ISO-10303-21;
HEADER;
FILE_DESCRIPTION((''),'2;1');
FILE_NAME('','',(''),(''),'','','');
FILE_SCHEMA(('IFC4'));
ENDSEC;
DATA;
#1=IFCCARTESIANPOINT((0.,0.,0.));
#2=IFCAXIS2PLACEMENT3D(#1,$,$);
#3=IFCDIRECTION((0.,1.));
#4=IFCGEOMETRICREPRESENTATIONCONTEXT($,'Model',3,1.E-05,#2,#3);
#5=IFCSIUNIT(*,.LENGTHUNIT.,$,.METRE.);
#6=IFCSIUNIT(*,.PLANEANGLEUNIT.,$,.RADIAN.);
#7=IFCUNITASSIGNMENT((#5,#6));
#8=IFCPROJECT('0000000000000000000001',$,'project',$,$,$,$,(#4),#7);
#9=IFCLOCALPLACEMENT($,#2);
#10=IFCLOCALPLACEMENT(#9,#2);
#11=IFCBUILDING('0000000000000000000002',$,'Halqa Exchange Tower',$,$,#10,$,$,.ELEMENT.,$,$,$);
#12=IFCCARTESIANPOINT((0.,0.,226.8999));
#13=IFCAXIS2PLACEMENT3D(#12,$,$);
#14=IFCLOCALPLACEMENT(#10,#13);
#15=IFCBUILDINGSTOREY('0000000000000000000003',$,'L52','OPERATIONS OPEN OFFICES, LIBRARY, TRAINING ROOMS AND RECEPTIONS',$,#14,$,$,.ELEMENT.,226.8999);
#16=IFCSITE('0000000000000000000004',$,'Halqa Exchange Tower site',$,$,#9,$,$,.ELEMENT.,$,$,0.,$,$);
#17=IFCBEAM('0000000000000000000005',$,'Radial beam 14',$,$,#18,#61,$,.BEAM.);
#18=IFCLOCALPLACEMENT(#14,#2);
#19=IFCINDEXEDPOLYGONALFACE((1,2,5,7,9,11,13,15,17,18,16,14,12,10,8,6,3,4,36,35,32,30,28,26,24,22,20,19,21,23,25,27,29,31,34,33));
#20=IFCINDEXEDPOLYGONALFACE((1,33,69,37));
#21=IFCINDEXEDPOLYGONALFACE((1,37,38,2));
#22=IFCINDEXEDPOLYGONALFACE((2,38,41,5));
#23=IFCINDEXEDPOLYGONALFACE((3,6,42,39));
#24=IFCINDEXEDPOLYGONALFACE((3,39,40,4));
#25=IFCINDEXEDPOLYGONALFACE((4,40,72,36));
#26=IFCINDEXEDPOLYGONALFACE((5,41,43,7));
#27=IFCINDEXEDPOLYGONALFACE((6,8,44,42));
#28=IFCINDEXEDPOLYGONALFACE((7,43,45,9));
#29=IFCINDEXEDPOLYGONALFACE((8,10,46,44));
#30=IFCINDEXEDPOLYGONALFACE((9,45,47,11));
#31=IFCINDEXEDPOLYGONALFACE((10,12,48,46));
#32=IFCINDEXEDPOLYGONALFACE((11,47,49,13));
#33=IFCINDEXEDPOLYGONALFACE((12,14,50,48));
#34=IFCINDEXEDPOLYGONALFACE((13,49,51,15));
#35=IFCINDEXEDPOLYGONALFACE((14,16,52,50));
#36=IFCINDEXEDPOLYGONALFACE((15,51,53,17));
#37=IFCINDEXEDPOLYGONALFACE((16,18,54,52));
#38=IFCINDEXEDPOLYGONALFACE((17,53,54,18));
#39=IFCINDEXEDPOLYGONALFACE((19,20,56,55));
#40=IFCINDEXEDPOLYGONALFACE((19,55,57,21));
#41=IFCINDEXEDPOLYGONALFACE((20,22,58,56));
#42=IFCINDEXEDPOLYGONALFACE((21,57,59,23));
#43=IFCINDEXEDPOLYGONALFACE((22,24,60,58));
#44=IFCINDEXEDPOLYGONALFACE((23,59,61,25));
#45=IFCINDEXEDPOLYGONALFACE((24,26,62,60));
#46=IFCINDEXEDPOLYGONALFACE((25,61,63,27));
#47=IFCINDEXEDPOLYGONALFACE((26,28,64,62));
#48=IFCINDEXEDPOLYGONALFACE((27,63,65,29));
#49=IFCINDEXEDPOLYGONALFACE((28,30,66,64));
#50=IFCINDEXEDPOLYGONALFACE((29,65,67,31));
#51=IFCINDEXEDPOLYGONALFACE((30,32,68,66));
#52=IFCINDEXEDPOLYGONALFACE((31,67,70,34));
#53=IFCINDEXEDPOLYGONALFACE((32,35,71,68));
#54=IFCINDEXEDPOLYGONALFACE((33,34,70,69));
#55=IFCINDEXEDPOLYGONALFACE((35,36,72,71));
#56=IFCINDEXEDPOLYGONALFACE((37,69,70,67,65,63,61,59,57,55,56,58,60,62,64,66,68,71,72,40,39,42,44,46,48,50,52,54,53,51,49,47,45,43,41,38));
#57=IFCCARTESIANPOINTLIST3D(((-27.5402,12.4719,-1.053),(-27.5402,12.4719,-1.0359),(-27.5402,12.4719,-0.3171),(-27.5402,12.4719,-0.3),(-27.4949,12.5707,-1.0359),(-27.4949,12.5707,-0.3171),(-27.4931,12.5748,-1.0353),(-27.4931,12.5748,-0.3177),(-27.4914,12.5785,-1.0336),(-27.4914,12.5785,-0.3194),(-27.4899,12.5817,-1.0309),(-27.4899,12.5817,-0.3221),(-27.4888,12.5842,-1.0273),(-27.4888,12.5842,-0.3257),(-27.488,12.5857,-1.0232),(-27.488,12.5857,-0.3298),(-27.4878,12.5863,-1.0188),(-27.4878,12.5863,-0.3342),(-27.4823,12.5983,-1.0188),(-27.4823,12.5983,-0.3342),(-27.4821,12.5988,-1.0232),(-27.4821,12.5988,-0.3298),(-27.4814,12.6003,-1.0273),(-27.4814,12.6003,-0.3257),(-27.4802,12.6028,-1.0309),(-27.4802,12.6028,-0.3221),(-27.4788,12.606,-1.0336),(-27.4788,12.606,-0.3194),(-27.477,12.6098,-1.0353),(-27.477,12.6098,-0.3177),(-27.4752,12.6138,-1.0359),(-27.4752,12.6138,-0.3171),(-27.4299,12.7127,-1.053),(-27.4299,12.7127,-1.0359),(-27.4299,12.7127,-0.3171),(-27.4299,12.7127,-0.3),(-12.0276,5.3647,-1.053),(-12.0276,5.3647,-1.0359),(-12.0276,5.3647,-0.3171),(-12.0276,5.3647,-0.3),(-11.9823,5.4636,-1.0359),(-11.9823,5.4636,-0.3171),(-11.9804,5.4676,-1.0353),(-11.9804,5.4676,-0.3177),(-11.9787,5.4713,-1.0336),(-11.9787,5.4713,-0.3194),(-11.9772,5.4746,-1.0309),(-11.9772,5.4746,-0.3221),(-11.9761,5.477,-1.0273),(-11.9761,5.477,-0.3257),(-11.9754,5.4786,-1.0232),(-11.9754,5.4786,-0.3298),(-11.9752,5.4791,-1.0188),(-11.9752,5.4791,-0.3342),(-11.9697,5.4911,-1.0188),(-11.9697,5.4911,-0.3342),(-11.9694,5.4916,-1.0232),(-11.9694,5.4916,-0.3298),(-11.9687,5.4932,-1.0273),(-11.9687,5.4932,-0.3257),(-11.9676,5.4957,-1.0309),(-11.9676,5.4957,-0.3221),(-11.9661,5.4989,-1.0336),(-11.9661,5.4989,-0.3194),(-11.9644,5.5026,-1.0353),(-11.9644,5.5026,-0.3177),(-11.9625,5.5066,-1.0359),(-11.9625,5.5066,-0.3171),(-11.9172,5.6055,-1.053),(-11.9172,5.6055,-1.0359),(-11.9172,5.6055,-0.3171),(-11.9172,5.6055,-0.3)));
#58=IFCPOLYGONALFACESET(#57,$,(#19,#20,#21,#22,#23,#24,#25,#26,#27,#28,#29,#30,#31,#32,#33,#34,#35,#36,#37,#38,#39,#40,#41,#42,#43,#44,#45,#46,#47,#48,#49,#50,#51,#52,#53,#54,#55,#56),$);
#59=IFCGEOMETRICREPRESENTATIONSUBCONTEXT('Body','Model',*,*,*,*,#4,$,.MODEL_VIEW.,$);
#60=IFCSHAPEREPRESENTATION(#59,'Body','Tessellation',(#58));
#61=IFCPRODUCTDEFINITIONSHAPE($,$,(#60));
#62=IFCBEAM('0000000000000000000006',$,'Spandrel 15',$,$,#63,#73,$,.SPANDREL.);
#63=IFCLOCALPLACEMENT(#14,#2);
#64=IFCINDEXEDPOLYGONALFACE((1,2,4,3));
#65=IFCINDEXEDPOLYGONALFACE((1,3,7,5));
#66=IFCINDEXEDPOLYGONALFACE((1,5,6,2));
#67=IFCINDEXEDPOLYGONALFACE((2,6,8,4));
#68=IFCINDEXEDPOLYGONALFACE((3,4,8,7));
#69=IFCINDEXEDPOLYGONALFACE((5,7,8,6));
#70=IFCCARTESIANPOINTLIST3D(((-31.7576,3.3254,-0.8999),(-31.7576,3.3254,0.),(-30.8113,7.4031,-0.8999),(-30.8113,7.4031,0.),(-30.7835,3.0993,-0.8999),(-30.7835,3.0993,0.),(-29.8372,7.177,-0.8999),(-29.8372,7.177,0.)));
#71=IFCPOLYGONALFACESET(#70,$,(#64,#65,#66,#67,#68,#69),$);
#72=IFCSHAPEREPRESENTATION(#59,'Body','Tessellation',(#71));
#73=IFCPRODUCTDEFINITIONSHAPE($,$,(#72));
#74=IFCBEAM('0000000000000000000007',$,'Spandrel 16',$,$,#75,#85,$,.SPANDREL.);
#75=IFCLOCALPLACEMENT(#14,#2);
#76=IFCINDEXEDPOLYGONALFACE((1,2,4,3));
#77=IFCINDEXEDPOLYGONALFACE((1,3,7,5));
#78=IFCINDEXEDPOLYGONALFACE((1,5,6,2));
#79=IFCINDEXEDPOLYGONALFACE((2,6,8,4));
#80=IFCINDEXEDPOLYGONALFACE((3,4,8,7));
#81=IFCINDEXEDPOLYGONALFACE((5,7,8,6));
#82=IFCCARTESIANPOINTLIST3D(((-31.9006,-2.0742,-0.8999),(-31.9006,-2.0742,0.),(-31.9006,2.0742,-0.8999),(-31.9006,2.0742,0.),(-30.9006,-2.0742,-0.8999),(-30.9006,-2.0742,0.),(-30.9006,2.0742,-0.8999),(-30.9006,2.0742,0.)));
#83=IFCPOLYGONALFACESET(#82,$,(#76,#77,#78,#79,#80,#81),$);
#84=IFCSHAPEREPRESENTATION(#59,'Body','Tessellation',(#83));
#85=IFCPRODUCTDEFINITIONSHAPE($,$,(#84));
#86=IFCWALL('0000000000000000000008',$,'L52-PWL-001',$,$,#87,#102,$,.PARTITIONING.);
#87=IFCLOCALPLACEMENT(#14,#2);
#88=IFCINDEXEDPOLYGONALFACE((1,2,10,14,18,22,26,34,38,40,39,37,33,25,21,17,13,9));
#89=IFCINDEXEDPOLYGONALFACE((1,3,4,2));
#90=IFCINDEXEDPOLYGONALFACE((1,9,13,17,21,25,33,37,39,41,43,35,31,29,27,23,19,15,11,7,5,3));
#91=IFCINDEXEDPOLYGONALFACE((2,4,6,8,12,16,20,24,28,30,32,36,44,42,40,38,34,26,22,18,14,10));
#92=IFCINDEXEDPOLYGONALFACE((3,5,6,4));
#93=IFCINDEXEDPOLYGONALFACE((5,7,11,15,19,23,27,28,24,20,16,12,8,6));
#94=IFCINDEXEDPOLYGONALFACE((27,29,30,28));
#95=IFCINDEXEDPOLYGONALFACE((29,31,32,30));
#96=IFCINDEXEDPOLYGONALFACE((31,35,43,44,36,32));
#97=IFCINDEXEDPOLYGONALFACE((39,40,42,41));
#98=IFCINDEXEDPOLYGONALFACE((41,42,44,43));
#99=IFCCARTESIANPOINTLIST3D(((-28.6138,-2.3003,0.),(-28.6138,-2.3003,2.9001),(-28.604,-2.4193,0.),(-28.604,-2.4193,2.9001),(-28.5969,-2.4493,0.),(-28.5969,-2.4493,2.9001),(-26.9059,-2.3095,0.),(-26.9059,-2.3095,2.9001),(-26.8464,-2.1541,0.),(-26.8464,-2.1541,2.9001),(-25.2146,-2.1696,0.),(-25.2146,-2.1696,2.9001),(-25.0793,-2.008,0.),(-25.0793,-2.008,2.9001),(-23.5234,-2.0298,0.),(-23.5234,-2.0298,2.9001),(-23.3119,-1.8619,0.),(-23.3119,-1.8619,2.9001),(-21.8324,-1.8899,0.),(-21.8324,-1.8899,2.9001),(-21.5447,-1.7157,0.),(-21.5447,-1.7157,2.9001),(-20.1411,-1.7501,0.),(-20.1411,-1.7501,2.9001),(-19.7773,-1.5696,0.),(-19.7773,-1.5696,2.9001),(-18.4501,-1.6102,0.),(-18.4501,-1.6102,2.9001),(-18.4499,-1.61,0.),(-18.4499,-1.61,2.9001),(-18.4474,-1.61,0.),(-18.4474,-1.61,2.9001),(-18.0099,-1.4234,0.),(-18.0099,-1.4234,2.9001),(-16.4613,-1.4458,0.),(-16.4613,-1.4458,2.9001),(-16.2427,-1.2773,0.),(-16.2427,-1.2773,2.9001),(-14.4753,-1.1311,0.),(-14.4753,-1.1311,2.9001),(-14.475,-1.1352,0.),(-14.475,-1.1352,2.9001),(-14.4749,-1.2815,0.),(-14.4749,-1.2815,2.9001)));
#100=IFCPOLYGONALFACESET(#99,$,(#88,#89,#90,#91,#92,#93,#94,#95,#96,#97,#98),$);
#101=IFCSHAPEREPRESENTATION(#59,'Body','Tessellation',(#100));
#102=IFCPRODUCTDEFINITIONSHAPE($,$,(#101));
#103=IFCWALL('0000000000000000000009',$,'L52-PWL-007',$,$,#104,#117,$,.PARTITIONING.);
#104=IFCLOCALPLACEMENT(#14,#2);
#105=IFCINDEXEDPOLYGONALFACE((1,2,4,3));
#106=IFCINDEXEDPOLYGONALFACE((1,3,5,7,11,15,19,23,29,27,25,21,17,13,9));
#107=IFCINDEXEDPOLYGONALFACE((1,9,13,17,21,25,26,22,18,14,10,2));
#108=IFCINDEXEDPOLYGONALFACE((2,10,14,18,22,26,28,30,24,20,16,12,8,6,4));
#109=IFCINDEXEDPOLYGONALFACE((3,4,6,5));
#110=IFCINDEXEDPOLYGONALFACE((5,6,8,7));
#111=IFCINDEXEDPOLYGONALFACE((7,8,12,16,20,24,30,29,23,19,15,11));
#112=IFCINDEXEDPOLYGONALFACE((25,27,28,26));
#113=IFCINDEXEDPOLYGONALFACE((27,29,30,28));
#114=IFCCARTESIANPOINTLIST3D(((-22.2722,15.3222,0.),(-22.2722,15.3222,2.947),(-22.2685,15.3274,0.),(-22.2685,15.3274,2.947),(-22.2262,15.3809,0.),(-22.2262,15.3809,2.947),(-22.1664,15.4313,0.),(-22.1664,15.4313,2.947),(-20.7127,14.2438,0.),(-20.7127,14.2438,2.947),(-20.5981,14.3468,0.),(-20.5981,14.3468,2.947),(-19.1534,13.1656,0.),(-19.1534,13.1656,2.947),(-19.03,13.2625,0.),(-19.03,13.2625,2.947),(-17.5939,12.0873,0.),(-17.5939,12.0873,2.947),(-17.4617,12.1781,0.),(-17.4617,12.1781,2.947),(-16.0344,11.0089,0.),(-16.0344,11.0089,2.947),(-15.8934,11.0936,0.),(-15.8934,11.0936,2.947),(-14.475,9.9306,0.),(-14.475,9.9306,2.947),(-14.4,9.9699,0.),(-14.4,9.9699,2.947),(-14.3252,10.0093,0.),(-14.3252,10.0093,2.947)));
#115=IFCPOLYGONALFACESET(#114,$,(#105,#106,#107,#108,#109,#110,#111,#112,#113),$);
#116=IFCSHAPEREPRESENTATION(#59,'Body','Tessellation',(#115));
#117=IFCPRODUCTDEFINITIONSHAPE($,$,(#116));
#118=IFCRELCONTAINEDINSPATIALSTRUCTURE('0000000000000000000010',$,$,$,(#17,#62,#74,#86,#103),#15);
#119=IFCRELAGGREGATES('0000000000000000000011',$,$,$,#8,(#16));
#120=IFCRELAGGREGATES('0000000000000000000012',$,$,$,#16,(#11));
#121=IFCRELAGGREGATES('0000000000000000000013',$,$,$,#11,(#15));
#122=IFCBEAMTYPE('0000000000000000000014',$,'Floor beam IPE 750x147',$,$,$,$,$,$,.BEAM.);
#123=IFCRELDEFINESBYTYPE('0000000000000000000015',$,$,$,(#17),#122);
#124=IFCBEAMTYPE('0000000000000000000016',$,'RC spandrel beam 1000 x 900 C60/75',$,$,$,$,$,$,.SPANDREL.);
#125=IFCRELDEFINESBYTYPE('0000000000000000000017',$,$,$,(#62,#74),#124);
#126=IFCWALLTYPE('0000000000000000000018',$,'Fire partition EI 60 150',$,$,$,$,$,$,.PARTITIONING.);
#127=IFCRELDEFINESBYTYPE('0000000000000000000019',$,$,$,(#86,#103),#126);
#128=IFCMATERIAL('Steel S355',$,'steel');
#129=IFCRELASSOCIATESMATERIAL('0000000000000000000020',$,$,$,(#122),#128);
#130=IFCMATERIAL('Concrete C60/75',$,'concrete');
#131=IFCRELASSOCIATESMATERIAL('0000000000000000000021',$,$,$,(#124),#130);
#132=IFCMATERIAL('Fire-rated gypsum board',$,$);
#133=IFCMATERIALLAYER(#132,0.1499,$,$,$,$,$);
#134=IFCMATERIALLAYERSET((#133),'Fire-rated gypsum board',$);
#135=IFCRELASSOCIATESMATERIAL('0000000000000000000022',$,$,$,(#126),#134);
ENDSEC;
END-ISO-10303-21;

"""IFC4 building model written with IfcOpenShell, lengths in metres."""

from ifc_helpers import new_model, si_unit, direction, frame, origin, origin_2d, place, context, subcontext, project, spatial, polyline, rectangle, i_section, outline, extrude, material, layer, layer_set, material_profile, profile_set, type_object, element, save


model = new_model("IFC4")

# Units and contexts
model_context = context("Model", 3, precision=1e-05, world=origin(), true_north=direction((0.0, 1.0)))
body_context = subcontext(model_context, "Body", "Model", "MODEL_VIEW")
ifc_project = project(units=[si_unit("LENGTHUNIT", "METRE"), si_unit("PLANEANGLEUNIT", "RADIAN")], contexts=[model_context])

# Site, building, storey
site_placement = place(None, origin())
site = spatial("IfcSite", under=ifc_project, at=site_placement, Name="Halqa Exchange Tower site", CompositionType="ELEMENT", RefElevation=0.0)
building_placement = place(site_placement, origin())
building = spatial("IfcBuilding", under=site, at=building_placement, Name="Halqa Exchange Tower", CompositionType="ELEMENT")
storey_placement = place(building_placement, frame((0.0, 0.0, 226.8999)))
storey = spatial("IfcBuildingStorey", under=building, at=storey_placement, Name="L52", Description="OPERATIONS OPEN OFFICES, LIBRARY, TRAINING ROOMS AND RECEPTIONS", CompositionType="ELEMENT", Elevation=226.8999)

# Shared definitions
ifc_material_1 = material(Name="Concrete C60/75", Category="concrete")

# Beams
ifc_material_2 = material(Name="Steel S355", Category="steel")
ifc_material_profile_1 = material_profile(ifc_material_2, i_section(OverallWidth=0.2649, OverallDepth=0.7529, WebThickness=0.0132, FlangeThickness=0.0171, FilletRadius=0.0171, at=origin_2d()), Name="IPE 750x147")
ifc_profile_set_1 = profile_set([ifc_material_profile_1], Name="Steel S355")
beam_type_1 = type_object("IfcBeamType", Name="Floor beam IPE 750x147", PredefinedType="BEAM", material=ifc_profile_set_1)
beam_1_placement = place(storey_placement, frame((-11.9724, 5.4851, -0.6765), z_axis=(-0.909127, 0.416519, 0.0), x_axis=(-0.416519, -0.909127, 0.0)))
element("IfcBeam", 1, at=beam_1_placement, inside=storey, type_object=beam_type_1, Name="Radial beam 14", PredefinedType="BEAM", context=body_context, shape_type="SweptSolid", body=[
    extrude(i_section(OverallWidth=0.2649, OverallDepth=0.7529, WebThickness=0.0132, FlangeThickness=0.0171, FilletRadius=0.0171, at=origin_2d()), origin(), (0.0, 0.0, 1.0), 17.0632),
])
ifc_material_profile_2 = material_profile(ifc_material_1, rectangle(XDim=1.0, YDim=0.8999, at=origin_2d()), Name="1000 x 900")
ifc_profile_set_2 = profile_set([ifc_material_profile_2], Name="Concrete C60/75")
beam_type_2 = type_object("IfcBeamType", Name="RC spandrel beam 1000 x 900 C60/75", PredefinedType="SPANDREL", material=ifc_profile_set_2)
beam_2_placement = place(storey_placement, frame((-30.3242, 7.29, -0.45), z_axis=(-0.226061, -0.974113, 0.0), x_axis=(0.974113, -0.226061, 0.0)))
element("IfcBeam", 2, at=beam_2_placement, inside=storey, type_object=beam_type_2, Name="Spandrel 15", PredefinedType="SPANDREL", context=body_context, shape_type="SweptSolid", body=[
    extrude(rectangle(XDim=1.0, YDim=0.8999, at=origin_2d()), origin(), (0.0, 0.0, 1.0), 4.186),
])
beam_3_placement = place(storey_placement, frame((-31.4006, 2.0742, -0.45), z_axis=(0.0, -1.0, 0.0), x_axis=(1.0, 0.0, 0.0)))
element("IfcBeam", 3, at=beam_3_placement, inside=storey, type_object=beam_type_2, Name="Spandrel 16", PredefinedType="SPANDREL", context=body_context, shape_type="SweptSolid", body=[
    extrude(rectangle(XDim=1.0, YDim=0.8999, at=origin_2d()), origin(), (0.0, 0.0, 1.0), 4.1484),
])

# Walls
ifc_material_3 = material(Name="Fire-rated gypsum board")
ifc_layer_1 = layer(ifc_material_3, 0.1499)
ifc_layer_set_1 = layer_set([ifc_layer_1], Name="Fire-rated gypsum board")
wall_type_1 = type_object("IfcWallType", Name="Fire partition EI 60 150", PredefinedType="PARTITIONING", material=ifc_layer_set_1)
wall_1_placement = place(storey_placement, frame((-28.6077, -2.375, 0.0), z_axis=(0.0, 0.0, 1.0), x_axis=(0.996598, 0.082415, 0.0)))
element("IfcWall", 4, at=wall_1_placement, inside=storey, type_object=wall_type_1, Name="L52-PWL-001", PredefinedType="PARTITIONING", context=body_context, shape_type="SweptSolid", body=[
    extrude(outline(polyline([(0.0046, -0.075), (1.7014, -0.075), (3.3984, -0.075), (5.0955, -0.075), (6.7922, -0.075), (8.4893, -0.075), (10.186, -0.075), (10.1863, -0.0747), (10.1887, -0.075), (12.1816, -0.075), (14.1748, -0.075), (14.1868, 0.0708), (14.1868, 0.075), (12.4133, 0.075), (10.6401, 0.075), (8.8667, 0.075), (7.0933, 0.075), (5.3201, 0.075), (3.5466, 0.075), (1.7734, 0.075), (0.0, 0.075), (0.0, -0.0444), (0.0046, -0.075)])), origin(), (0.0, 0.0, 1.0), 2.9001),
])
wall_2_placement = place(storey_placement, frame((-14.3677, 9.9475, 0.0), z_axis=(0.0, 0.0, 1.0), x_axis=(-0.822511, 0.568749, 0.0)))
element("IfcWall", 5, at=wall_2_placement, inside=storey, type_object=wall_type_1, Name="L52-PWL-007", PredefinedType="PARTITIONING", context=body_context, shape_type="SweptSolid", body=[
    extrude(outline(polyline([(0.0002, -0.075), (1.9067, -0.075), (3.8135, -0.075), (5.7202, -0.075), (7.6267, -0.075), (9.5334, -0.075), (9.554, 0.0005), (9.5583, 0.0686), (9.5583, 0.075), (7.6624, 0.075), (5.7666, 0.075), (3.8706, 0.075), (1.9746, 0.075), (0.0786, 0.075), (0.0786, 0.075), (0.0786, 0.075), (0.0393, 0.0), (0.0002, -0.075)])), origin(), (0.0, 0.0, 1.0), 2.947),
])

save(model, "model.ifc")
